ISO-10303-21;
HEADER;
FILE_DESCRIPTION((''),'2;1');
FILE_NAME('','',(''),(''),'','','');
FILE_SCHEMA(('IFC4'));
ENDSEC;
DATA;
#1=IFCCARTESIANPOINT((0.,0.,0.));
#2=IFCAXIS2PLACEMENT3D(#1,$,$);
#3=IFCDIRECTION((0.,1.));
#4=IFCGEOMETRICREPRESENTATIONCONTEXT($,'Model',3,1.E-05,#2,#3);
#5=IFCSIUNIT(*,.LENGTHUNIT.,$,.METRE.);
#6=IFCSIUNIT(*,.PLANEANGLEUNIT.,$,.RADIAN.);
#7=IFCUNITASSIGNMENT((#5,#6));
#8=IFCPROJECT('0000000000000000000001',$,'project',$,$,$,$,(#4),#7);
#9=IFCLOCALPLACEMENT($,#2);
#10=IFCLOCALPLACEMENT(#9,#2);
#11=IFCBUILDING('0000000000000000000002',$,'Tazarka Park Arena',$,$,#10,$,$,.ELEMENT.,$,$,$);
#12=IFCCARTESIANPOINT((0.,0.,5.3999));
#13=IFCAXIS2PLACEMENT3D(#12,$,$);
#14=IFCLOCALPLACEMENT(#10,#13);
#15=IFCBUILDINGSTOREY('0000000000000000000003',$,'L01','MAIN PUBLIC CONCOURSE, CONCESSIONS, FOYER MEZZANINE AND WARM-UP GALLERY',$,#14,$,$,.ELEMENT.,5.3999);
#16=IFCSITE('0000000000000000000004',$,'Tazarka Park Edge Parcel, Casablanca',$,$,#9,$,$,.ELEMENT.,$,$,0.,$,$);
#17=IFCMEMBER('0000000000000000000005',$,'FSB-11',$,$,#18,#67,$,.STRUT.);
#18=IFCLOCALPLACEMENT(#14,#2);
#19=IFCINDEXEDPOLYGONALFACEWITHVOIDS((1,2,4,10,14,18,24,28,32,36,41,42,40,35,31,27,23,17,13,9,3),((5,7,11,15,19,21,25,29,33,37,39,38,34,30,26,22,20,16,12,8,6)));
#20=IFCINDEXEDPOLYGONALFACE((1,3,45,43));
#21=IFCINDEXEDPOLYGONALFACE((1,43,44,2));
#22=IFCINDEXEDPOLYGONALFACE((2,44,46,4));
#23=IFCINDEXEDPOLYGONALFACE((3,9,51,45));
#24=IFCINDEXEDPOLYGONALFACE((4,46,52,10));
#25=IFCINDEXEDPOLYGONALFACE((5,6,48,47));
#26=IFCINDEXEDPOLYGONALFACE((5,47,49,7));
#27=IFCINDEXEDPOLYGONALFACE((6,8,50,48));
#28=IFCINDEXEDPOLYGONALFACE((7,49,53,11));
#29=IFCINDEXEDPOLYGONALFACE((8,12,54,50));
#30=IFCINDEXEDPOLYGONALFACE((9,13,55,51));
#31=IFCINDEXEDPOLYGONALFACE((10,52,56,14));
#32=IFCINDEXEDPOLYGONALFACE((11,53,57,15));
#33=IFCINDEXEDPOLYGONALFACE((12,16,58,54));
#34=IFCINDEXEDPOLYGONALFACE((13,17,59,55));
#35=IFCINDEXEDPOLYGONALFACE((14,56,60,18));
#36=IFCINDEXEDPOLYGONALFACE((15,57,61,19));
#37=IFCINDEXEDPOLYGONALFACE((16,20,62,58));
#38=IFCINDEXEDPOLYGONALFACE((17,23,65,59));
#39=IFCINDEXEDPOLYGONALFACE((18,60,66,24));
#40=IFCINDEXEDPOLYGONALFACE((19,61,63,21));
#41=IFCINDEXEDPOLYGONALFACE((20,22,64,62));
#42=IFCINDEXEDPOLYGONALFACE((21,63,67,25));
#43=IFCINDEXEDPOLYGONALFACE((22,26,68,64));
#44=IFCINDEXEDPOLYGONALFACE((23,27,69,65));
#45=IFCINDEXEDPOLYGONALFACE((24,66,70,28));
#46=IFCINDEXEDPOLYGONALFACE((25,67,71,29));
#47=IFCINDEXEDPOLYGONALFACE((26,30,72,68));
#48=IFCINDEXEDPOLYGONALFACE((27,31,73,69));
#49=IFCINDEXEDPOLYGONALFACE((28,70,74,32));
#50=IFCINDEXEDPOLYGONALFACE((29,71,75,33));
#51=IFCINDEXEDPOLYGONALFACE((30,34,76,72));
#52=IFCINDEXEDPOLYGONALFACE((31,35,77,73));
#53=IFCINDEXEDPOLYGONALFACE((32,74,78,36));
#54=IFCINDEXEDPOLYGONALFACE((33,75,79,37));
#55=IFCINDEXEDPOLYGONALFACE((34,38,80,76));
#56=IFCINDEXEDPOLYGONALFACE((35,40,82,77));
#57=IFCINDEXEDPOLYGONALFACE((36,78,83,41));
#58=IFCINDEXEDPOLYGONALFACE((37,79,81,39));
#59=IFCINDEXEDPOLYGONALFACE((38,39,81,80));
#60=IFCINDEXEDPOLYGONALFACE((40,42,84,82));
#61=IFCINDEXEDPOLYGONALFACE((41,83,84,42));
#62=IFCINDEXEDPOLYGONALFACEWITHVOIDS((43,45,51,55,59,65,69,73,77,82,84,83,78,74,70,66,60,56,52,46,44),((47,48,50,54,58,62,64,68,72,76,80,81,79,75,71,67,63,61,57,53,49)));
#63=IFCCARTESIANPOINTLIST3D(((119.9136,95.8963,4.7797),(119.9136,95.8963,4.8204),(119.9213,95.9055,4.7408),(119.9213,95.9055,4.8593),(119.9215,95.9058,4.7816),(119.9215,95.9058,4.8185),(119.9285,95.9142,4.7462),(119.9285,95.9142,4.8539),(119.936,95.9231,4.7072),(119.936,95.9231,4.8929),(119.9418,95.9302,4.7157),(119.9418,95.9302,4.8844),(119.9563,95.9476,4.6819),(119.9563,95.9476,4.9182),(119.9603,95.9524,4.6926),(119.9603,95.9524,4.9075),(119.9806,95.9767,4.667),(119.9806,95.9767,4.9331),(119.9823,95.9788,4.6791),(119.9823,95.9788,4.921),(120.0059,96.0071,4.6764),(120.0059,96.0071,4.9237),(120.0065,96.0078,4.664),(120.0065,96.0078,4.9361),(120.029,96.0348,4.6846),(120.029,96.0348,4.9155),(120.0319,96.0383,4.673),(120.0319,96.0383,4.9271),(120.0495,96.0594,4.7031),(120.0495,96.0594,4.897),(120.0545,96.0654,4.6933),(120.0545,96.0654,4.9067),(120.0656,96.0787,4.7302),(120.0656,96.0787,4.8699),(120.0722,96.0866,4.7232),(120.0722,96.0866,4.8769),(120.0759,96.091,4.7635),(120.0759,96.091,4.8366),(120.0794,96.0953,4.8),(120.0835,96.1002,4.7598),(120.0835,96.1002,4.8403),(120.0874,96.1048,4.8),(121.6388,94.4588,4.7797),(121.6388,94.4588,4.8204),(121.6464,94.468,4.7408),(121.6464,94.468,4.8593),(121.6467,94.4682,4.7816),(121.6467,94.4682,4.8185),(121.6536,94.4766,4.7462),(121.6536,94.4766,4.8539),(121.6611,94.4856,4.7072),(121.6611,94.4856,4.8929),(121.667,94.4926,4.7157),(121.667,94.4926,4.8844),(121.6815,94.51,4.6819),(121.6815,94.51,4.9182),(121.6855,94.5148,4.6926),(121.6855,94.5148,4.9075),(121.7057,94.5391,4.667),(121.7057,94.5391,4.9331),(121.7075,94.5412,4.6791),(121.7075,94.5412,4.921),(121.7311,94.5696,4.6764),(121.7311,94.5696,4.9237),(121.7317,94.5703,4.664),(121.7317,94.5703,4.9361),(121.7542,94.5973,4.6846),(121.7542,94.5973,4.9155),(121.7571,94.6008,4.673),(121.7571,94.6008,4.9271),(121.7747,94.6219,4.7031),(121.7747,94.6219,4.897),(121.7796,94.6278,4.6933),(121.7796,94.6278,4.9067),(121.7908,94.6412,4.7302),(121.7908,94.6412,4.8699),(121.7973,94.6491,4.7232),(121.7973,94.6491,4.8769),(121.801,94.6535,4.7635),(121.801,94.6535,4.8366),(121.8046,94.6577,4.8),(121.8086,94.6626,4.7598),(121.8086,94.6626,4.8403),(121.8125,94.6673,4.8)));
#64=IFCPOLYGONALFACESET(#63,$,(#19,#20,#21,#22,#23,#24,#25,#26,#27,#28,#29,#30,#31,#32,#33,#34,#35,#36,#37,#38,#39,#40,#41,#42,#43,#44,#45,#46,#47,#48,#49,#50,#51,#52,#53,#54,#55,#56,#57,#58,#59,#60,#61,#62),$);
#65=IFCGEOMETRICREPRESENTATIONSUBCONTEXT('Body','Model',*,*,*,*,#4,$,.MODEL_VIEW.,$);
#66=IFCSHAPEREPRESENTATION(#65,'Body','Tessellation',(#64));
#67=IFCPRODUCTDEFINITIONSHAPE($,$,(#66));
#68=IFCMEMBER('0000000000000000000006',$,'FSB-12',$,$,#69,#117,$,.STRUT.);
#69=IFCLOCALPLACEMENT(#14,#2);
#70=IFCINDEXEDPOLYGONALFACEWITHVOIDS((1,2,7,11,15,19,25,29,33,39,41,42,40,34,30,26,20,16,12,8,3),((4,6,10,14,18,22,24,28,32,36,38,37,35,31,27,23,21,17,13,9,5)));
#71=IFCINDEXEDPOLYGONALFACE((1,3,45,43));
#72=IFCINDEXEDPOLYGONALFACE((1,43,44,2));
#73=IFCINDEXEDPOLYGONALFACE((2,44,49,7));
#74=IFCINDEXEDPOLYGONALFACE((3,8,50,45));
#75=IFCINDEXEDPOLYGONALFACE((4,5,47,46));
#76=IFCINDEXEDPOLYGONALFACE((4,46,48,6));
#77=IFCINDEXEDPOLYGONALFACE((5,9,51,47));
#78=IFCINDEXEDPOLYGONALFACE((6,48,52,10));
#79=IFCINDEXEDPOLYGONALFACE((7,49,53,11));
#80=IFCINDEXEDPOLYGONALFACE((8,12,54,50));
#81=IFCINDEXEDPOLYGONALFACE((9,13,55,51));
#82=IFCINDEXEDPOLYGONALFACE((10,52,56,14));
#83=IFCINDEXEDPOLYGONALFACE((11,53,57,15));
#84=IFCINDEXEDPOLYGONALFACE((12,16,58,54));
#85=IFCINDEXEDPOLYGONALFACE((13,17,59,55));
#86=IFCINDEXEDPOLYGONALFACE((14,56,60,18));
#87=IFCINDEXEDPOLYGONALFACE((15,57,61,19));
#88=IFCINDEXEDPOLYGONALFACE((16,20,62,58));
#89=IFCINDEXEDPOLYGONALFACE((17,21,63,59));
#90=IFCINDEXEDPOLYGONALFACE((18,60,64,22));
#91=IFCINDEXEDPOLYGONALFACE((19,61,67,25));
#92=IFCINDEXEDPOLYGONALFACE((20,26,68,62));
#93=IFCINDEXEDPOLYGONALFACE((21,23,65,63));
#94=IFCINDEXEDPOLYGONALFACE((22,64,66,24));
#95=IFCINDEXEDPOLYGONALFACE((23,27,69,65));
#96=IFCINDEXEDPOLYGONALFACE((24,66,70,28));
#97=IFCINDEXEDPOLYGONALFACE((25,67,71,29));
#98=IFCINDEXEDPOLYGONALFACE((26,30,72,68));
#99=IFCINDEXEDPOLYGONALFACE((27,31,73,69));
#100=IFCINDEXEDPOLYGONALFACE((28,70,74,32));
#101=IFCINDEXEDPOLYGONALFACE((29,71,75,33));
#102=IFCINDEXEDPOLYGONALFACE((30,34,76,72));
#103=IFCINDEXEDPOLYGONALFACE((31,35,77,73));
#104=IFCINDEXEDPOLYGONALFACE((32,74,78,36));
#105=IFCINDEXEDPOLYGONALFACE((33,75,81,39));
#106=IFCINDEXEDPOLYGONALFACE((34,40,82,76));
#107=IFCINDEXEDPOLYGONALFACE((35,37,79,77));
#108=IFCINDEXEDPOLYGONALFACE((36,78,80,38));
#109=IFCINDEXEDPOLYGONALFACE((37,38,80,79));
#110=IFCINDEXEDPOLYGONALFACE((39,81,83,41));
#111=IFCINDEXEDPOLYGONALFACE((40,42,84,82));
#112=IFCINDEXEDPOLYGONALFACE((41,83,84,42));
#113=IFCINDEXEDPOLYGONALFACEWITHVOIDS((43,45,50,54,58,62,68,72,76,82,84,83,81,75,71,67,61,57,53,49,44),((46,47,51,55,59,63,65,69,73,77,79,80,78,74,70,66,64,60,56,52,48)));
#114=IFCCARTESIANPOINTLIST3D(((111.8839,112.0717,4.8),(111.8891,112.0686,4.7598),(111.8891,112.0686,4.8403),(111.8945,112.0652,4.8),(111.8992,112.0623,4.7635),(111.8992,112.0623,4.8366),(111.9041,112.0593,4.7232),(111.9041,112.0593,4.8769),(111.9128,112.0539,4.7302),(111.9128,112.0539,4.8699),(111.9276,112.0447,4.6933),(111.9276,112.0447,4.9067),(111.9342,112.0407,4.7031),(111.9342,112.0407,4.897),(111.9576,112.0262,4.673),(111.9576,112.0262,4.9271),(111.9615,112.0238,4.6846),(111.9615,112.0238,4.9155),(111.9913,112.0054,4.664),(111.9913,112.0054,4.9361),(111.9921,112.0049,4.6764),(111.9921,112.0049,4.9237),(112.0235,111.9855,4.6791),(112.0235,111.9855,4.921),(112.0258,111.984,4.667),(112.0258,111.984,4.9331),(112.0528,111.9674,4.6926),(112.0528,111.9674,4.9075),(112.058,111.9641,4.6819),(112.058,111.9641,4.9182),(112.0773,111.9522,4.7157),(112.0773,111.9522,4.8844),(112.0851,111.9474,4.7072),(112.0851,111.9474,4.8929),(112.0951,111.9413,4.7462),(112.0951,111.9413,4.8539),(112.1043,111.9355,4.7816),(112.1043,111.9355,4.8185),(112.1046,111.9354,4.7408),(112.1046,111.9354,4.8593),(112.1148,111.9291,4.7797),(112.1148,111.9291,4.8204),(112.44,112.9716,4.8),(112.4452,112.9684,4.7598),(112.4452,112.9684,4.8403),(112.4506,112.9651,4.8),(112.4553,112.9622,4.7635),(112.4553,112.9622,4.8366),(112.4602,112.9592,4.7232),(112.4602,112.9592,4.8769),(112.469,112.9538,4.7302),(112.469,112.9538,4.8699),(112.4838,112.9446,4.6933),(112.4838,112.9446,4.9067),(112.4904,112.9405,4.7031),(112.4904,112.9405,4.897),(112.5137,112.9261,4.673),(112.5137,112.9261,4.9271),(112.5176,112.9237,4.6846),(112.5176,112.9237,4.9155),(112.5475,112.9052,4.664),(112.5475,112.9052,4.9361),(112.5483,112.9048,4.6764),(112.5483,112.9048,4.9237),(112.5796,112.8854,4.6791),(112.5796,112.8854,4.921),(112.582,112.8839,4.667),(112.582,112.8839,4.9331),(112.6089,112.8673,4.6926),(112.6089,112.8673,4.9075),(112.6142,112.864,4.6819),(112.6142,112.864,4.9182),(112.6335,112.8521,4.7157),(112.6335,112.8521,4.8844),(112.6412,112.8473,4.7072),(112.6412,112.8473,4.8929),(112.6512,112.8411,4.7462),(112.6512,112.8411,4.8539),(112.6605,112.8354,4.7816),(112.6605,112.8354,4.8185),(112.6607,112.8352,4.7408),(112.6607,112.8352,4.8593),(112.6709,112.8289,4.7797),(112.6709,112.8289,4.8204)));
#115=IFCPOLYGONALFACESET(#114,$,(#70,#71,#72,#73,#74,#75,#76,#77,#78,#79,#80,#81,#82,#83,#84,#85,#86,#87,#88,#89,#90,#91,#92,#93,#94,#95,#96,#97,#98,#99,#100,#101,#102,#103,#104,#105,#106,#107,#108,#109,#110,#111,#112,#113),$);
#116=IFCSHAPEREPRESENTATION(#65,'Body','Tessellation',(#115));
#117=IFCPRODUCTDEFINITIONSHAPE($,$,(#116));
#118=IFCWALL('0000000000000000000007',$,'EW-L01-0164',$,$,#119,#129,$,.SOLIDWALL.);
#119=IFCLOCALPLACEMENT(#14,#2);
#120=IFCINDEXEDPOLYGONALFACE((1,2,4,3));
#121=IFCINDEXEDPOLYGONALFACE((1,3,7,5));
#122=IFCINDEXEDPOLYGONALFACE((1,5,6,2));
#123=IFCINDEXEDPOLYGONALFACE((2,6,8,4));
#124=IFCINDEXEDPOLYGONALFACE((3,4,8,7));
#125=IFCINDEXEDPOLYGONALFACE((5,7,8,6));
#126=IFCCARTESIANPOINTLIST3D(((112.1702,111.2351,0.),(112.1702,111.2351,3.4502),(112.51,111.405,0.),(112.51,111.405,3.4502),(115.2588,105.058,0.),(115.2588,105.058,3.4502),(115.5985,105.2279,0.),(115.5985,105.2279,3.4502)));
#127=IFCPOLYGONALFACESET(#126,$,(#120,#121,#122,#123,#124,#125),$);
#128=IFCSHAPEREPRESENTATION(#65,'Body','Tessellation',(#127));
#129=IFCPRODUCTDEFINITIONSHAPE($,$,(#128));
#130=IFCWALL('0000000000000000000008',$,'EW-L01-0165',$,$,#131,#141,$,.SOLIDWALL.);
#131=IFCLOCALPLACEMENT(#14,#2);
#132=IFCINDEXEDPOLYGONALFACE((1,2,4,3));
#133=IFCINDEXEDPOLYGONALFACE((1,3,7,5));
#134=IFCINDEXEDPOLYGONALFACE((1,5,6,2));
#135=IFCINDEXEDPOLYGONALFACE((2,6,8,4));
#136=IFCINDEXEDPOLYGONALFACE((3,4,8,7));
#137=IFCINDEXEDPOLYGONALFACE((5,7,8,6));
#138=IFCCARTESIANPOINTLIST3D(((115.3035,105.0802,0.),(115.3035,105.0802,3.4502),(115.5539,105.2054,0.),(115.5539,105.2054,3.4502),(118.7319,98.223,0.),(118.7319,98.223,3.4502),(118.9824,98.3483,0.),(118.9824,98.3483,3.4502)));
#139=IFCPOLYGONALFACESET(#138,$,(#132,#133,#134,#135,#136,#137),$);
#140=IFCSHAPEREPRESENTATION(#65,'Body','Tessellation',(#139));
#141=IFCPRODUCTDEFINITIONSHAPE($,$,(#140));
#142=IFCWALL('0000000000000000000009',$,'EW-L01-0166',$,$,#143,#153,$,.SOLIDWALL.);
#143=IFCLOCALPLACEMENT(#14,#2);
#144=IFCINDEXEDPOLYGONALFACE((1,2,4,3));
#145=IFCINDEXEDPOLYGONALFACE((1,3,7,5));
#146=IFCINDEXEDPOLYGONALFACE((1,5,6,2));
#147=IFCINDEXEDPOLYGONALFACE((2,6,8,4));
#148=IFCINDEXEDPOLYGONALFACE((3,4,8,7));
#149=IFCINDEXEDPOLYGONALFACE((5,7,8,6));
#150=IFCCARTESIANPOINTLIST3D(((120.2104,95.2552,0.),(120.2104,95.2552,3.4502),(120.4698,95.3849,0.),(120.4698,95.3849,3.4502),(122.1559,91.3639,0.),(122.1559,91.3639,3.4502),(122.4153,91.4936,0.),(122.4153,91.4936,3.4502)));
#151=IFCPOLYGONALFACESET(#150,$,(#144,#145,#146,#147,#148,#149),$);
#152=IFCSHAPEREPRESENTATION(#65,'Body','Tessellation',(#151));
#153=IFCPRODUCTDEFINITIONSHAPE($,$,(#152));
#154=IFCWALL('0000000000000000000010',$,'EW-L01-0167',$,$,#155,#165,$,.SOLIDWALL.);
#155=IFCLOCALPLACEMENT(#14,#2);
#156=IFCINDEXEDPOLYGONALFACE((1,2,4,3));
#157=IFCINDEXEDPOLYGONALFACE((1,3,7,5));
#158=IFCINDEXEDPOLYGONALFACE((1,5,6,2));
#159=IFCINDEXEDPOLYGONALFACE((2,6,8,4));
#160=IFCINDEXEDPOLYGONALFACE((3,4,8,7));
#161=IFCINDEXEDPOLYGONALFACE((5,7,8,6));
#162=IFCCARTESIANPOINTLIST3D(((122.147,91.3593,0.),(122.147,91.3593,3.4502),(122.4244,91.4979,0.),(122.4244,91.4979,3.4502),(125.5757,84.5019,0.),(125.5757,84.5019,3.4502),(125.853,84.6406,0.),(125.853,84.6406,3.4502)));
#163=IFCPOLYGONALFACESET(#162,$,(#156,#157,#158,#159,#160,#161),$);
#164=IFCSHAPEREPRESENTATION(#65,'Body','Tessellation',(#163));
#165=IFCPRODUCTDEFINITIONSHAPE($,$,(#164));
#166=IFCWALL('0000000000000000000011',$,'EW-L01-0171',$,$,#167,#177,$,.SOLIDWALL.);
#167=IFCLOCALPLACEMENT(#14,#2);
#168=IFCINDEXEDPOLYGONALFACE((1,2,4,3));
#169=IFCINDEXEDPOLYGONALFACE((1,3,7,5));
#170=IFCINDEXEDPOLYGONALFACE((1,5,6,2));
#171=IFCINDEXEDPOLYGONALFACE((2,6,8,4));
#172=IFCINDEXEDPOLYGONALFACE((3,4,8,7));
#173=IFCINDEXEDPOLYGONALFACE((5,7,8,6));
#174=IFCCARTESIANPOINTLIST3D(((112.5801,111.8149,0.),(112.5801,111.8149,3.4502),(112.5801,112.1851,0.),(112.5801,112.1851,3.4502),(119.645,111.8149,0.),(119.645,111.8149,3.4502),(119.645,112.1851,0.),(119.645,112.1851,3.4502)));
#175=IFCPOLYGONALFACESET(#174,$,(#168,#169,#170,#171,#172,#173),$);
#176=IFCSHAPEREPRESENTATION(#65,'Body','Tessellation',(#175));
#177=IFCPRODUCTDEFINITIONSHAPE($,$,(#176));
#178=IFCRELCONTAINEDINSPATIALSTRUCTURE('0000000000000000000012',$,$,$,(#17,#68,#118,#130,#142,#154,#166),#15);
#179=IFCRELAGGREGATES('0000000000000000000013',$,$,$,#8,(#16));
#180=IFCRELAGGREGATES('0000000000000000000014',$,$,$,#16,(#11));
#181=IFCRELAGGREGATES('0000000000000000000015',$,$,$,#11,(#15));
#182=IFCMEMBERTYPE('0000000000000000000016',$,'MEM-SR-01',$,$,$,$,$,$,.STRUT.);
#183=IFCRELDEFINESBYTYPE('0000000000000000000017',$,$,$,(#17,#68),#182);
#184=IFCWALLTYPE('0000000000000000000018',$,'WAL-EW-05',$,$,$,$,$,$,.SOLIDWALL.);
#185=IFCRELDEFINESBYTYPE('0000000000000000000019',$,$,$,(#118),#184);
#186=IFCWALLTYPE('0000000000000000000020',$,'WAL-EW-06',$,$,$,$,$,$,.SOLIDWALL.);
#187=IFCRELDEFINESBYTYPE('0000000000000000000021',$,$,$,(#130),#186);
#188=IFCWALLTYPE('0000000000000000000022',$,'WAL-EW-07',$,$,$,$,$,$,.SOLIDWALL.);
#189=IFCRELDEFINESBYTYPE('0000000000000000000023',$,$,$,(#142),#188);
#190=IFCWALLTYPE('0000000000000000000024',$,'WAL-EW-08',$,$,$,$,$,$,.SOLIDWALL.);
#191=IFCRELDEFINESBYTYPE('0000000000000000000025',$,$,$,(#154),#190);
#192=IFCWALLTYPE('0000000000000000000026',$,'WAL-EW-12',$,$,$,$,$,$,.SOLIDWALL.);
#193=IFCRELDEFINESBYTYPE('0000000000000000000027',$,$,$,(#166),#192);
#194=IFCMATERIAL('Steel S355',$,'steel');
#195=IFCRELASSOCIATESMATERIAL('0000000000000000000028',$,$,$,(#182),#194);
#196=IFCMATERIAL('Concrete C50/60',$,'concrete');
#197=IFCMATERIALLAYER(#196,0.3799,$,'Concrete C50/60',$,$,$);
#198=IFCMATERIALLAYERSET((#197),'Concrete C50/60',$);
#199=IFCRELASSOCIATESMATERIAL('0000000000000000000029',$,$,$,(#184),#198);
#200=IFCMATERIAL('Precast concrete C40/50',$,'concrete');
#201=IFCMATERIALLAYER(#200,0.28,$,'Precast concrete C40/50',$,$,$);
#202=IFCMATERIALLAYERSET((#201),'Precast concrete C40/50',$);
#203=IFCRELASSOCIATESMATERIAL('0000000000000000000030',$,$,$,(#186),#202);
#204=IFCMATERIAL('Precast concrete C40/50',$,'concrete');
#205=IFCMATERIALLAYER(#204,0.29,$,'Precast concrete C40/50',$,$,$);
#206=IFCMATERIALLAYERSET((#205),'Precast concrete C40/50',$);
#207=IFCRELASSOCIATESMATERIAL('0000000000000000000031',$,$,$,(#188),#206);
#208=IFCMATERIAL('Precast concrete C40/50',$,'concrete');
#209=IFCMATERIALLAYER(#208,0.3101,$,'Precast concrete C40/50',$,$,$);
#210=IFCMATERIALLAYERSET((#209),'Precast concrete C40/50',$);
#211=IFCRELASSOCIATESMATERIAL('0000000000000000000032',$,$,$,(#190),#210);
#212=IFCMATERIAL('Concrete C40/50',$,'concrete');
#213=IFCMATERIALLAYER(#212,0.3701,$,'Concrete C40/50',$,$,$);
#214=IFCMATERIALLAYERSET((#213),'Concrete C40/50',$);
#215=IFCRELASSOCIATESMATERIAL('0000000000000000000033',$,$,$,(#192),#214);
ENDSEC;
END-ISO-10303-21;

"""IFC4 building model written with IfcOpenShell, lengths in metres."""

from ifc_helpers import new_model, si_unit, direction, frame, frame_2d, origin, origin_2d, place, context, subcontext, project, spatial, rectangle, hollow_circle, extrude, material, layer, layer_set, material_profile, profile_set, type_object, element, save


model = new_model("IFC4")

# Units and contexts
model_context = context("Model", 3, precision=1e-05, world=origin(), true_north=direction((0.0, 1.0)))
body_context = subcontext(model_context, "Body", "Model", "MODEL_VIEW")
ifc_project = project(units=[si_unit("LENGTHUNIT", "METRE"), si_unit("PLANEANGLEUNIT", "RADIAN")], contexts=[model_context])

# Site, building, storey
site_placement = place(None, origin())
site = spatial("IfcSite", under=ifc_project, at=site_placement, Name="Tazarka Park Edge Parcel, Casablanca", CompositionType="ELEMENT", RefElevation=0.0)
building_placement = place(site_placement, origin())
building = spatial("IfcBuilding", under=site, at=building_placement, Name="Tazarka Park Arena", CompositionType="ELEMENT")
storey_placement = place(building_placement, frame((0.0, 0.0, 5.3999)))
storey = spatial("IfcBuildingStorey", under=building, at=storey_placement, Name="L01", Description="MAIN PUBLIC CONCOURSE, CONCESSIONS, FOYER MEZZANINE AND WARM-UP GALLERY", CompositionType="ELEMENT", Elevation=5.3999)

# Members
ifc_material_1 = material(Name="Steel S355", Category="steel")
ifc_material_profile_1 = material_profile(ifc_material_1, hollow_circle(Radius=0.1365, WallThickness=0.0125, at=origin_2d()), Name="Steel S355")
ifc_profile_set_1 = profile_set([ifc_material_profile_1], Name="Steel S355")
member_type = type_object("IfcMemberType", Name="MEM-SR-01", PredefinedType="STRUT", material=ifc_profile_set_1)
member_1_placement = place(storey_placement, frame((120.0, 96.0, 4.8), z_axis=(0.768239, -0.640163, 0.0), x_axis=(0.640163, 0.768239, 0.0)))
element("IfcMember", 1, at=member_1_placement, inside=storey, type_object=member_type, Name="FSB-11", PredefinedType="STRUT", context=body_context, shape_type="SweptSolid", body=[
    extrude(hollow_circle(Radius=0.1365, WallThickness=0.0125, at=origin_2d()), origin(), (0.0, 0.0, 1.0), 2.2456),
])
member_2_placement = place(storey_placement, frame((112.0, 112.0, 4.8), z_axis=(0.525719, 0.850658, 0.0), x_axis=(-0.850658, 0.525719, 0.0)))
element("IfcMember", 2, at=member_2_placement, inside=storey, type_object=member_type, Name="FSB-12", PredefinedType="STRUT", context=body_context, shape_type="SweptSolid", body=[
    extrude(hollow_circle(Radius=0.1365, WallThickness=0.0125, at=origin_2d()), origin(), (0.0, 0.0, 1.0), 1.0579),
])

# Walls
ifc_material_2 = material(Name="Concrete C50/60", Category="concrete")
ifc_layer_1 = layer(ifc_material_2, 0.3799, Name="Concrete C50/60")
ifc_layer_set_1 = layer_set([ifc_layer_1], Name="Concrete C50/60")
wall_type_1 = type_object("IfcWallType", Name="WAL-EW-05", PredefinedType="SOLIDWALL", material=ifc_layer_set_1)
wall_1_placement = place(storey_placement, frame((112.3401, 111.3201, 0.0), z_axis=(0.0, 0.0, 1.0), x_axis=(0.447214, -0.894427, 0.0)))
element("IfcWall", 3, at=wall_1_placement, inside=storey, type_object=wall_type_1, Name="EW-L01-0164", PredefinedType="SOLIDWALL", context=body_context, shape_type="SweptSolid", body=[
    extrude(rectangle(XDim=6.9062, YDim=0.3799, at=frame_2d((3.4531, 0.0))), origin(), (0.0, 0.0, 1.0), 3.4502),
])
ifc_material_3 = material(Name="Precast concrete C40/50", Category="concrete")
ifc_layer_2 = layer(ifc_material_3, 0.28, Name="Precast concrete C40/50")
ifc_layer_set_2 = layer_set([ifc_layer_2], Name="Precast concrete C40/50")
wall_type_2 = type_object("IfcWallType", Name="WAL-EW-06", PredefinedType="SOLIDWALL", material=ifc_layer_set_2)
wall_2_placement = place(storey_placement, frame((115.4287, 105.1428, 0.0), z_axis=(0.0, 0.0, 1.0), x_axis=(0.447201, -0.894434, 0.0)))
element("IfcWall", 4, at=wall_2_placement, inside=storey, type_object=wall_type_2, Name="EW-L01-0165", PredefinedType="SOLIDWALL", context=body_context, shape_type="SweptSolid", body=[
    extrude(rectangle(XDim=7.6665, YDim=0.28, at=frame_2d((3.8333, 0.0))), origin(), (0.0, 0.0, 1.0), 3.4502),
])
ifc_material_4 = material(Name="Precast concrete C40/50", Category="concrete")
ifc_layer_3 = layer(ifc_material_4, 0.29, Name="Precast concrete C40/50")
ifc_layer_set_3 = layer_set([ifc_layer_3], Name="Precast concrete C40/50")
wall_type_3 = type_object("IfcWallType", Name="WAL-EW-07", PredefinedType="SOLIDWALL", material=ifc_layer_set_3)
wall_3_placement = place(storey_placement, frame((120.3401, 95.3201, 0.0), z_axis=(0.0, 0.0, 1.0), x_axis=(0.447191, -0.894438, 0.0)))
element("IfcWall", 5, at=wall_3_placement, inside=storey, type_object=wall_type_3, Name="EW-L01-0166", PredefinedType="SOLIDWALL", context=body_context, shape_type="SweptSolid", body=[
    extrude(rectangle(XDim=4.3506, YDim=0.29, at=frame_2d((2.1753, 0.0))), origin(), (0.0, 0.0, 1.0), 3.4502),
])
ifc_material_5 = material(Name="Precast concrete C40/50", Category="concrete")
ifc_layer_4 = layer(ifc_material_5, 0.3101, Name="Precast concrete C40/50")
ifc_layer_set_4 = layer_set([ifc_layer_4], Name="Precast concrete C40/50")
wall_type_4 = type_object("IfcWallType", Name="WAL-EW-08", PredefinedType="SOLIDWALL", material=ifc_layer_set_4)
wall_4_placement = place(storey_placement, frame((122.2856, 91.4287, 0.0), z_axis=(0.0, 0.0, 1.0), x_axis=(0.447214, -0.894427, 0.0)))
element("IfcWall", 6, at=wall_4_placement, inside=storey, type_object=wall_type_4, Name="EW-L01-0167", PredefinedType="SOLIDWALL", context=body_context, shape_type="SweptSolid", body=[
    extrude(rectangle(XDim=7.6667, YDim=0.3101, at=frame_2d((3.8335, 0.0))), origin(), (0.0, 0.0, 1.0), 3.4502),
])
ifc_material_6 = material(Name="Concrete C40/50", Category="concrete")
ifc_layer_5 = layer(ifc_material_6, 0.3701, Name="Concrete C40/50")
ifc_layer_set_5 = layer_set([ifc_layer_5], Name="Concrete C40/50")
wall_type_5 = type_object("IfcWallType", Name="WAL-EW-12", PredefinedType="SOLIDWALL", material=ifc_layer_set_5)
wall_5_placement = place(storey_placement, frame((119.645, 112.0, 0.0), z_axis=(0.0, 0.0, 1.0), x_axis=(-1.0, 0.0, 0.0)))
element("IfcWall", 7, at=wall_5_placement, inside=storey, type_object=wall_type_5, Name="EW-L01-0171", PredefinedType="SOLIDWALL", context=body_context, shape_type="SweptSolid", body=[
    extrude(rectangle(XDim=7.0649, YDim=0.3701, at=frame_2d((3.5325, 0.0))), origin(), (0.0, 0.0, 1.0), 3.4502),
])

save(model, "model.ifc")
